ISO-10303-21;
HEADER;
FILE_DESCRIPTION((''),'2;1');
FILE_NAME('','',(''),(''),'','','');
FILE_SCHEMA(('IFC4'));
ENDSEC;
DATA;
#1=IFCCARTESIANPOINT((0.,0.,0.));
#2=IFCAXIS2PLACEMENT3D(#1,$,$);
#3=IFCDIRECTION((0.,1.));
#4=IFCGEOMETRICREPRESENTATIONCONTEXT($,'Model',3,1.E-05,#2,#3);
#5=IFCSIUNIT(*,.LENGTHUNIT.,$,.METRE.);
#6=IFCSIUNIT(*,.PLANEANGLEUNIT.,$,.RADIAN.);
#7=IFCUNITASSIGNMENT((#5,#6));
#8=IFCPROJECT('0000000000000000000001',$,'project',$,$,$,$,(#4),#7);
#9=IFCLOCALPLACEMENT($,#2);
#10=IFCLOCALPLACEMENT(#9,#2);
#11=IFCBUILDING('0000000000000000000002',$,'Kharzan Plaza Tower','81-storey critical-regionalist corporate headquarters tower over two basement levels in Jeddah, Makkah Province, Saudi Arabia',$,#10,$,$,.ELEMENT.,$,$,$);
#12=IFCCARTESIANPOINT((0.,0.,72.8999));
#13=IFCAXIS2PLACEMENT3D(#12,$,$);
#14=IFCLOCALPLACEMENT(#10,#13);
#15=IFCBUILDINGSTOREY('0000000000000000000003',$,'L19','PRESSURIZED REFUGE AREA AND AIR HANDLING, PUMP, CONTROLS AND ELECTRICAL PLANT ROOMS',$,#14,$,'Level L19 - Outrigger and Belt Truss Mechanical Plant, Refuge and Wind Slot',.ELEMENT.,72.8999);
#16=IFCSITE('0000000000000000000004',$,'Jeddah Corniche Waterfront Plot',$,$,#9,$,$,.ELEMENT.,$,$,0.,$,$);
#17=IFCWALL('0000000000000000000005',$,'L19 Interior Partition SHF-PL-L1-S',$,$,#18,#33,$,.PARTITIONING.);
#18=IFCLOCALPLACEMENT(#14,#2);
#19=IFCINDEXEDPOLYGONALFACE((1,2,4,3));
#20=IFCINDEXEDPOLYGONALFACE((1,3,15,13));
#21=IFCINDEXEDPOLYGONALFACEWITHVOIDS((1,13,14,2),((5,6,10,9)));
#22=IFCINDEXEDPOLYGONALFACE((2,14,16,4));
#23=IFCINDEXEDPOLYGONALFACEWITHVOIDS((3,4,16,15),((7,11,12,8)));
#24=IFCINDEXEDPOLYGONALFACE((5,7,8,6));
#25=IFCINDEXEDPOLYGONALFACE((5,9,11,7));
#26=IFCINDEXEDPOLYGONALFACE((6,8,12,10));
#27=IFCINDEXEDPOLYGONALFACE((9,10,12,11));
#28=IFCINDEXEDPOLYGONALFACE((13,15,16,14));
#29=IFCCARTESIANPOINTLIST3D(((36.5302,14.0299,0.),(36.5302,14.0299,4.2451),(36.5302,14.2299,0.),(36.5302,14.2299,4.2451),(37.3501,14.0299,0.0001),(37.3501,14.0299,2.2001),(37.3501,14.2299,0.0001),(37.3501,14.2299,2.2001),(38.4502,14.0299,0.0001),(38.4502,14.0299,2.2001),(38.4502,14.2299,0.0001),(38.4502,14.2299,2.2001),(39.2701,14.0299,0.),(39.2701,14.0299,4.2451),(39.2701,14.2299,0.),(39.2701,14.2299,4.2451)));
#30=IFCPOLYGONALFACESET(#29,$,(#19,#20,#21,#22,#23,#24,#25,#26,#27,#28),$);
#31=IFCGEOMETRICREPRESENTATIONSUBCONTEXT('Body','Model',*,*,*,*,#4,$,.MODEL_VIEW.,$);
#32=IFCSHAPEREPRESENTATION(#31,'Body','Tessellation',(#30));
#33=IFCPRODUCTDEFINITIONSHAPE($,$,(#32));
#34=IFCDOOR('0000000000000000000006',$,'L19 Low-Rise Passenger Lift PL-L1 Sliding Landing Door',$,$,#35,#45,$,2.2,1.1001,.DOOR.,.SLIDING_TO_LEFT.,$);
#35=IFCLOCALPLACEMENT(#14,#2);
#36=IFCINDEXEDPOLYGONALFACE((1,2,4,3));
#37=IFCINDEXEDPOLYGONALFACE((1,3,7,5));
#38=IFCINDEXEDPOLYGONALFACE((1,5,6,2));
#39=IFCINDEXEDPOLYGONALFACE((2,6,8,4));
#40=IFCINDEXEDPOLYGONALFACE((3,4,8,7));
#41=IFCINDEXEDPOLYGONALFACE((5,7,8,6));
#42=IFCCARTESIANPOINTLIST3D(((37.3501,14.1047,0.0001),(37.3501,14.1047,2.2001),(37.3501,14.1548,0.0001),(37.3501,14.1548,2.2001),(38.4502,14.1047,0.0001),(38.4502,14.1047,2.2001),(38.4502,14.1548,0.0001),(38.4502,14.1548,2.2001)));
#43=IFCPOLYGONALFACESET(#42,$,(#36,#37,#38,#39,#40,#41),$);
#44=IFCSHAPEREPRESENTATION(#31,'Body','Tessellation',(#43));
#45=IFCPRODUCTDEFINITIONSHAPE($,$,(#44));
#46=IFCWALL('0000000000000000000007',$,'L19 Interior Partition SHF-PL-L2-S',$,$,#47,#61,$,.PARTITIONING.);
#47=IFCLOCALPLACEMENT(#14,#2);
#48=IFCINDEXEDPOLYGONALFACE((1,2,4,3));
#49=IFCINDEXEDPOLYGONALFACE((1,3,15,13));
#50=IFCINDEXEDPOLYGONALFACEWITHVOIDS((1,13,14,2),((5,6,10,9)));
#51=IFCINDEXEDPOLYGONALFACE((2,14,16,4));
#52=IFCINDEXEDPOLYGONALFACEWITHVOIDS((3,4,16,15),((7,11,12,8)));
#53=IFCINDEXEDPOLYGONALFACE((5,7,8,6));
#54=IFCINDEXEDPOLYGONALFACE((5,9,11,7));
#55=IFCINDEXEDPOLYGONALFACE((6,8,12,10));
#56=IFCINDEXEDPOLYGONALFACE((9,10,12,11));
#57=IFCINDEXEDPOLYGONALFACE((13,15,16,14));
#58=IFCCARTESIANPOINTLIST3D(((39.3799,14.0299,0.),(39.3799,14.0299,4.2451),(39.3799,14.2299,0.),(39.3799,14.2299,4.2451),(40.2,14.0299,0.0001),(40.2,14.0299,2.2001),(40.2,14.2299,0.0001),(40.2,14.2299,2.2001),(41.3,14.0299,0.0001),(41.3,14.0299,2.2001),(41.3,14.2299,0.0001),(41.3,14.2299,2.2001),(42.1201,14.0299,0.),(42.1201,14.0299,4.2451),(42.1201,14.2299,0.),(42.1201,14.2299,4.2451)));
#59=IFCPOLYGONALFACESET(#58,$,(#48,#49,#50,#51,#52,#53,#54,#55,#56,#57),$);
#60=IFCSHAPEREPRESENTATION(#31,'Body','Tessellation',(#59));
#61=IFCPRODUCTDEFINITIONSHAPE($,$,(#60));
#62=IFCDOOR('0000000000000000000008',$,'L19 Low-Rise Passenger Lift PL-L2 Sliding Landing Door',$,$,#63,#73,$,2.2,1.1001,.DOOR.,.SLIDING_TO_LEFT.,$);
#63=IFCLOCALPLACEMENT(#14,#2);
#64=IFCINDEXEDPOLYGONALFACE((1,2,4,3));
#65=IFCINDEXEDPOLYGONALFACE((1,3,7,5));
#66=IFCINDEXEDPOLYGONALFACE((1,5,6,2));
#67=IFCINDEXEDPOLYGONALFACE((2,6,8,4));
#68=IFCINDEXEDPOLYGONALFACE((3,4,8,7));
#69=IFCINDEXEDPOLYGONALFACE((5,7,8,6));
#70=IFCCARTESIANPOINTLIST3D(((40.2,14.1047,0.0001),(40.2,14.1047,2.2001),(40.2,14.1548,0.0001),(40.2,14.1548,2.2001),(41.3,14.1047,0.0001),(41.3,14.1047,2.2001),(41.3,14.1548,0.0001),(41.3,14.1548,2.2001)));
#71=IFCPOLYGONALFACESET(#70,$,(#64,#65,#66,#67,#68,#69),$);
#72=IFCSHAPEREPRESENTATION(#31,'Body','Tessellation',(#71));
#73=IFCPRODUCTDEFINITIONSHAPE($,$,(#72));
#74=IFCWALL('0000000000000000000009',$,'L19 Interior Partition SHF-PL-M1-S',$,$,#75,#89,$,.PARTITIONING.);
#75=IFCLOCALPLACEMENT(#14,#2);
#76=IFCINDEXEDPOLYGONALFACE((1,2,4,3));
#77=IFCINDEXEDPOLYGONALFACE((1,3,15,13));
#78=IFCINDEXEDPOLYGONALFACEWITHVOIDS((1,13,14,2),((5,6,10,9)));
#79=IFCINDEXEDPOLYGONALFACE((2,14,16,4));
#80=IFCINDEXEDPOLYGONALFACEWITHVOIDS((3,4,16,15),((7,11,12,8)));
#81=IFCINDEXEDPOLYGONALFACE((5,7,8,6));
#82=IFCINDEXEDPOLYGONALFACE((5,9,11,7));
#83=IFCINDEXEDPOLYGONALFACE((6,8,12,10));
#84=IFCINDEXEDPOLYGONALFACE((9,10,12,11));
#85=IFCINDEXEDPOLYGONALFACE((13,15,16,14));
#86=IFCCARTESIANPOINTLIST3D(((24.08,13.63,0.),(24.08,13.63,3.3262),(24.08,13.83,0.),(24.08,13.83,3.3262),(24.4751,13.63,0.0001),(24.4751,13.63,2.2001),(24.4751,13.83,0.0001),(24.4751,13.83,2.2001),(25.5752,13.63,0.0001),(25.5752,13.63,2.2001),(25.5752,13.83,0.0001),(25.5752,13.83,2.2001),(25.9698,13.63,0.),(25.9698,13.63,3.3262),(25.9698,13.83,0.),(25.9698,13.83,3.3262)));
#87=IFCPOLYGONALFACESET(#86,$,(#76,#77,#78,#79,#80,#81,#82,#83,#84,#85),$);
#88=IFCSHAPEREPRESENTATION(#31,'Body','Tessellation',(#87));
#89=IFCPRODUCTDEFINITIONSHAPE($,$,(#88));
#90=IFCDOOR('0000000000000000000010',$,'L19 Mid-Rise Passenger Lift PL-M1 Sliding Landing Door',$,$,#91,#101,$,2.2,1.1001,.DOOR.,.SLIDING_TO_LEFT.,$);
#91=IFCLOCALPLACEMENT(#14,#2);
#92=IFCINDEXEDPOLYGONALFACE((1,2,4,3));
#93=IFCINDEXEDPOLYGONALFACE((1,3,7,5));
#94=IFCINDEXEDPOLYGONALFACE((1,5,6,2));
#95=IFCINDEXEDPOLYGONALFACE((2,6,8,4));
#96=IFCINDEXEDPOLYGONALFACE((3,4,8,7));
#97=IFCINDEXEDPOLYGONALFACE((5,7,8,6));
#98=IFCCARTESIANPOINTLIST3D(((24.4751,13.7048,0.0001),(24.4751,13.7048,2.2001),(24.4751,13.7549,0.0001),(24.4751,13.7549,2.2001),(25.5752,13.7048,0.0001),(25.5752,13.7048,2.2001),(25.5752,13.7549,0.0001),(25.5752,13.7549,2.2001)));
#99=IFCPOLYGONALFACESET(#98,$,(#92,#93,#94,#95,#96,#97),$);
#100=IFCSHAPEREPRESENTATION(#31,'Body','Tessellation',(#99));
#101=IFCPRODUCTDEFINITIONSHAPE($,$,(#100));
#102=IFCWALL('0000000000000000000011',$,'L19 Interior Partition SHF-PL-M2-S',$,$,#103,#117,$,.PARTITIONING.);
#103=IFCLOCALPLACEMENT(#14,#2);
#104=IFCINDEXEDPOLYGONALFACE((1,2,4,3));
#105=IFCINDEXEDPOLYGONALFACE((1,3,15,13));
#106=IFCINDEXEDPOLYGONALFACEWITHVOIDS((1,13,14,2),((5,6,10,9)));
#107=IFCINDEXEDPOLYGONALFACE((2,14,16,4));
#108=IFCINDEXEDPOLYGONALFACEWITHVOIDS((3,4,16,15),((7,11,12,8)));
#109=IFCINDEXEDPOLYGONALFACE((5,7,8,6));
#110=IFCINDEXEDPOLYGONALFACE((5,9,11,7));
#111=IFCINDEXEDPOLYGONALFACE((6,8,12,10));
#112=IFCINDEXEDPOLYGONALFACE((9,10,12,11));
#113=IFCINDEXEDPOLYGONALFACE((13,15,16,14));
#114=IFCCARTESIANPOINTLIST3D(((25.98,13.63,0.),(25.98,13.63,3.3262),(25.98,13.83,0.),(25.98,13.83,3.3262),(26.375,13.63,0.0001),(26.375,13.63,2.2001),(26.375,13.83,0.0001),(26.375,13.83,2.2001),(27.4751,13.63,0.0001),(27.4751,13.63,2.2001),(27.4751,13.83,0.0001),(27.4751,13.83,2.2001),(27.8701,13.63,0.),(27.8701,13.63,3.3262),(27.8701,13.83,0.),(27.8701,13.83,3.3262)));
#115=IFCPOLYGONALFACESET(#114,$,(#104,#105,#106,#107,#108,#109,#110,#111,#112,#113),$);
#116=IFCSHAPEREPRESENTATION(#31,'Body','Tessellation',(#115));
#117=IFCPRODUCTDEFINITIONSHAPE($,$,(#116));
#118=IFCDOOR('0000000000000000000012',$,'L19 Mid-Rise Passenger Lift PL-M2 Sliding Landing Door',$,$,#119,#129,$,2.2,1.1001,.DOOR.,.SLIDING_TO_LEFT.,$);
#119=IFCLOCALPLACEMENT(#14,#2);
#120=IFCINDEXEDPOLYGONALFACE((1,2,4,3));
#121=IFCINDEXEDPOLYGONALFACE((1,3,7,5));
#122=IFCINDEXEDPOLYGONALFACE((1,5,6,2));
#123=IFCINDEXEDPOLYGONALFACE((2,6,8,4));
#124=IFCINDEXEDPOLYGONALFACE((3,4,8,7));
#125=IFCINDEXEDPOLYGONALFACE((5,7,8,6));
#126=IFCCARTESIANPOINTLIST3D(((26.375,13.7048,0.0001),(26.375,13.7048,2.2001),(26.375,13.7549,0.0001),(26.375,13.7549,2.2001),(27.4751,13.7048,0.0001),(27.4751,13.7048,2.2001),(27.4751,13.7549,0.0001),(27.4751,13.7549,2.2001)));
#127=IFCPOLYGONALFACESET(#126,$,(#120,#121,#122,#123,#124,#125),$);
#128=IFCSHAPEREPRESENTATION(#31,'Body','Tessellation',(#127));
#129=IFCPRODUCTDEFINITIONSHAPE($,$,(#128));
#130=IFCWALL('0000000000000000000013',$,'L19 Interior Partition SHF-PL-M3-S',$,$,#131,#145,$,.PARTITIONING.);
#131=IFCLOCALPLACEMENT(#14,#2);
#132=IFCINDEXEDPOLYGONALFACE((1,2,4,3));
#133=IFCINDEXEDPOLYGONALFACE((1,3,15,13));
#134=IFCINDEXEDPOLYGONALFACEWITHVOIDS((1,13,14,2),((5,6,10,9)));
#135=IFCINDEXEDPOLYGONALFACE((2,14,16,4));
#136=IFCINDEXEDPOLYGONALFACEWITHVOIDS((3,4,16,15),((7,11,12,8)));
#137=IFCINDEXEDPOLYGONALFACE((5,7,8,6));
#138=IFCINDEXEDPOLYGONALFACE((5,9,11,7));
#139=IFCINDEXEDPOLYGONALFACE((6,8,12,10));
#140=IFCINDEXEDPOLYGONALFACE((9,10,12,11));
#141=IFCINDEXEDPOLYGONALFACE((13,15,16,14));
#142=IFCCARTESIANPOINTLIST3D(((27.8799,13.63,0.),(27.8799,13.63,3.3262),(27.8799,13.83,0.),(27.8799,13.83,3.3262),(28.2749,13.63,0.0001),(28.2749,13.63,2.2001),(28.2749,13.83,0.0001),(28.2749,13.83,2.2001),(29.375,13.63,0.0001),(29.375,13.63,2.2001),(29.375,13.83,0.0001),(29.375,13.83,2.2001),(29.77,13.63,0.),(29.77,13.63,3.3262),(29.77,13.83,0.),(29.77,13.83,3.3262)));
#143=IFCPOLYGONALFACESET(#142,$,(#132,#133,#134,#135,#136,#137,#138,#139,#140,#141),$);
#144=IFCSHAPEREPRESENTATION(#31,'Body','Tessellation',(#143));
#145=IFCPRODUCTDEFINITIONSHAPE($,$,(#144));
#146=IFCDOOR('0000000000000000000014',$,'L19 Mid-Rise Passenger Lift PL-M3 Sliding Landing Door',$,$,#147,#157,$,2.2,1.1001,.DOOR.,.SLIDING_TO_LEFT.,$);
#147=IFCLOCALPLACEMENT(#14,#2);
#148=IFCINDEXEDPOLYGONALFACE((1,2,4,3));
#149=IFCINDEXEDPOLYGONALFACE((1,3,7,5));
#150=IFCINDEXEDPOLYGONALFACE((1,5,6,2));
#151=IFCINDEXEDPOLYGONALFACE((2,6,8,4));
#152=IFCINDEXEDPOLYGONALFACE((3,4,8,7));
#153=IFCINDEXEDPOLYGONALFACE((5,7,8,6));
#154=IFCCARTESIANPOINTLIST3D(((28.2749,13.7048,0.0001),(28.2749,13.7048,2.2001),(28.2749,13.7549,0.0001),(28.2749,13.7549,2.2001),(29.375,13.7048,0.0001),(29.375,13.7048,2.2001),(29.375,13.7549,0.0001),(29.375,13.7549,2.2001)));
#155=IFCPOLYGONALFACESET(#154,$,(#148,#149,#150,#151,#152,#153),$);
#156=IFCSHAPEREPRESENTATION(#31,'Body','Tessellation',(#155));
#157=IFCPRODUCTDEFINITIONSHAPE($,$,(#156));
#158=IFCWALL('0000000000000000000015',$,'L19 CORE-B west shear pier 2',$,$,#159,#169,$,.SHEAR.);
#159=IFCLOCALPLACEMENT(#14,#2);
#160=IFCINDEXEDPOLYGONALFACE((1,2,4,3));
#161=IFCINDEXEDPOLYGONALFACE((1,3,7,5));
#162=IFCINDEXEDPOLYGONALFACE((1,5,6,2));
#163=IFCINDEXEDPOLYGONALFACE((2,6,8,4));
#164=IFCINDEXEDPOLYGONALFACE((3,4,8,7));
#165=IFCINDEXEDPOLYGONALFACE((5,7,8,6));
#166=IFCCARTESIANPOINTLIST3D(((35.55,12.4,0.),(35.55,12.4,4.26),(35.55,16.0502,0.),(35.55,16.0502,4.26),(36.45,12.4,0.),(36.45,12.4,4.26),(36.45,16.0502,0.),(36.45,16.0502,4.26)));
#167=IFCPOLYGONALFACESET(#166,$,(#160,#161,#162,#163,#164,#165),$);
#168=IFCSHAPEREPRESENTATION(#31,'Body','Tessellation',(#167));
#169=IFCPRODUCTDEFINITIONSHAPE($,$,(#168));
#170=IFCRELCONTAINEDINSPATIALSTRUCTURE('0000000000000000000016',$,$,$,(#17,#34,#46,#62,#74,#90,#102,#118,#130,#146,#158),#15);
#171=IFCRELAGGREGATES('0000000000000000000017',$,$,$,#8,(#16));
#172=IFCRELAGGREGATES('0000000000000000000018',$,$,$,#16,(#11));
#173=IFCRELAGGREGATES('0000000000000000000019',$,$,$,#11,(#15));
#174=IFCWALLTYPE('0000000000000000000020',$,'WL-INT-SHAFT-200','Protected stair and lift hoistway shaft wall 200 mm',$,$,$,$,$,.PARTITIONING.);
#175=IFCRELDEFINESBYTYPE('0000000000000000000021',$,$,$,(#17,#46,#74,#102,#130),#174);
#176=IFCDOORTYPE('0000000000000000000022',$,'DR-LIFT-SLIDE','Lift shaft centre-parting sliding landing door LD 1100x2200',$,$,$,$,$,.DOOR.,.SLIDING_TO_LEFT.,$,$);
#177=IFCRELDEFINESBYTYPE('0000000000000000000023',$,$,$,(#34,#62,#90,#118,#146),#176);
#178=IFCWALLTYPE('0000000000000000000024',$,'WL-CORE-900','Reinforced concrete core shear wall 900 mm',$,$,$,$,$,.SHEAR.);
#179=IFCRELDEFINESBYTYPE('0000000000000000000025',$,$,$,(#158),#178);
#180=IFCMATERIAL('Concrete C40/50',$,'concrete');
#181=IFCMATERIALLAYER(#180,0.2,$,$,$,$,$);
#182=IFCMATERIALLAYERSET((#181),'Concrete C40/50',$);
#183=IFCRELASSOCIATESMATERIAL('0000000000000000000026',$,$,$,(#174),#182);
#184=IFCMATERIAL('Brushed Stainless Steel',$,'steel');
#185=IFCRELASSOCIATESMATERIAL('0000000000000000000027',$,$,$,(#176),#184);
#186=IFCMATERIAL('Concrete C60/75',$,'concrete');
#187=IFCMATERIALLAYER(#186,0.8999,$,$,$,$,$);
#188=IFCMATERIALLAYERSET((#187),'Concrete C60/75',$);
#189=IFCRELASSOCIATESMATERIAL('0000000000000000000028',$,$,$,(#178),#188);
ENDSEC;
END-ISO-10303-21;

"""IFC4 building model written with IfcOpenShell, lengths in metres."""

from ifc_helpers import new_model, si_unit, direction, frame, frame_2d, origin, place, context, subcontext, project, spatial, rectangle, extrude, source, transform, mapped, material, layer, layer_set, type_object, element, fill, save


model = new_model("IFC4")

# Units and contexts
model_context = context("Model", 3, precision=1e-05, world=origin(), true_north=direction((0.0, 1.0)))
body_context = subcontext(model_context, "Body", "Model", "MODEL_VIEW")
ifc_project = project(units=[si_unit("LENGTHUNIT", "METRE"), si_unit("PLANEANGLEUNIT", "RADIAN")], contexts=[model_context])

# Site, building, storey
site_placement = place(None, origin())
site = spatial("IfcSite", under=ifc_project, at=site_placement, Name="Jeddah Corniche Waterfront Plot", CompositionType="ELEMENT", RefElevation=0.0)
building_placement = place(site_placement, origin())
building = spatial("IfcBuilding", under=site, at=building_placement, Name="Kharzan Plaza Tower", Description="81-storey critical-regionalist corporate headquarters tower over two basement levels in Jeddah, Makkah Province, Saudi Arabia", CompositionType="ELEMENT")
storey_placement = place(building_placement, frame((0.0, 0.0, 72.8999)))
storey = spatial("IfcBuildingStorey", under=building, at=storey_placement, Name="L19", Description="PRESSURIZED REFUGE AREA AND AIR HANDLING, PUMP, CONTROLS AND ELECTRICAL PLANT ROOMS", LongName="Level L19 - Outrigger and Belt Truss Mechanical Plant, Refuge and Wind Slot", CompositionType="ELEMENT", Elevation=72.8999)

# Shared definitions
ifc_material_1 = material(Name="Concrete C60/75", Category="concrete")

# Walls, openings, doors
ifc_material_2 = material(Name="Concrete C40/50", Category="concrete")
ifc_layer_1 = layer(ifc_material_2, 0.2)
ifc_layer_set_1 = layer_set([ifc_layer_1], Name="Concrete C40/50")
wall_type_1 = type_object("IfcWallType", Name="WL-INT-SHAFT-200", Description="Protected stair and lift hoistway shaft wall 200 mm", PredefinedType="PARTITIONING", material=ifc_layer_set_1)
wall_1_placement = place(storey_placement, frame((36.53, 14.1299, 0.0), z_axis=(0.0, 0.0, 1.0), x_axis=(1.0, 0.0, 0.0)))
wall_1 = element("IfcWall", 1, at=wall_1_placement, inside=storey, type_object=wall_type_1, Name="L19 Interior Partition SHF-PL-L1-S", PredefinedType="PARTITIONING", context=body_context, shape_type="SweptSolid", body=[
    extrude(rectangle(XDim=2.74, YDim=0.2, at=frame_2d((1.3701, 0.0))), origin(), (0.0, 0.0, 1.0), 4.2451),
])
opening_1_placement = place(wall_1_placement, frame((0.8201, 0.0, 0.0)))
opening_1 = element("IfcOpeningElement", 2, at=opening_1_placement, cuts=wall_1, PredefinedType="OPENING", context=body_context, shape_type="SweptSolid", body=[
    extrude(rectangle(XDim=1.1001, YDim=2.2, at=frame_2d((0.55, 1.1001))), frame((0.0, 0.1099, 0.0), z_axis=(0.0, -1.0, 0.0), x_axis=(1.0, 0.0, 0.0)), (0.0, 0.0, 1.0), 0.22),
])
ifc_material_3 = material(Name="Brushed Stainless Steel", Category="steel")
door_type = type_object("IfcDoorType", Name="DR-LIFT-SLIDE", Description="Lift shaft centre-parting sliding landing door LD 1100x2200", OperationType="SLIDING_TO_LEFT", PredefinedType="DOOR", material=ifc_material_3)
shared_shape_1 = source(origin(), body_context, "Body", "SweptSolid", [
    extrude(rectangle(XDim=1.1001, YDim=2.2, at=frame_2d((0.55, 1.1001))), frame((0.0, 0.0249, 0.0), z_axis=(0.0, -1.0, 0.0), x_axis=(1.0, 0.0, 0.0)), (0.0, 0.0, 1.0), 0.05),
])
door_1_placement = place(opening_1_placement, origin())
door_1 = element("IfcDoor", 3, at=door_1_placement, inside=storey, type_object=door_type, Name="L19 Low-Rise Passenger Lift PL-L1 Sliding Landing Door", OperationType="SLIDING_TO_LEFT", OverallHeight=2.2, OverallWidth=1.1001, PredefinedType="DOOR", context=body_context, shape_type="MappedRepresentation", body=[
    mapped(shared_shape_1, transform((0.0, 0.0, 0.0), x_axis=(1.0, 0.0, 0.0), y_axis=(0.0, 1.0, 0.0), z_axis=(0.0, 0.0, 1.0))),
])
fill(opening_1, door_1)
wall_2_placement = place(storey_placement, frame((39.3799, 14.1299, 0.0), z_axis=(0.0, 0.0, 1.0), x_axis=(1.0, 0.0, 0.0)))
wall_2 = element("IfcWall", 4, at=wall_2_placement, inside=storey, type_object=wall_type_1, Name="L19 Interior Partition SHF-PL-L2-S", PredefinedType="PARTITIONING", context=body_context, shape_type="SweptSolid", body=[
    extrude(rectangle(XDim=2.7402, YDim=0.2, at=frame_2d((1.3701, 0.0))), origin(), (0.0, 0.0, 1.0), 4.2451),
])
opening_2_placement = place(wall_2_placement, frame((0.8201, 0.0, 0.0)))
opening_2 = element("IfcOpeningElement", 5, at=opening_2_placement, cuts=wall_2, PredefinedType="OPENING", context=body_context, shape_type="SweptSolid", body=[
    extrude(rectangle(XDim=1.1001, YDim=2.2, at=frame_2d((0.55, 1.1001))), frame((0.0, 0.1099, 0.0), z_axis=(0.0, -1.0, 0.0), x_axis=(1.0, 0.0, 0.0)), (0.0, 0.0, 1.0), 0.22),
])
door_2_placement = place(opening_2_placement, origin())
door_2 = element("IfcDoor", 6, at=door_2_placement, inside=storey, type_object=door_type, Name="L19 Low-Rise Passenger Lift PL-L2 Sliding Landing Door", OperationType="SLIDING_TO_LEFT", OverallHeight=2.2, OverallWidth=1.1001, PredefinedType="DOOR", context=body_context, shape_type="MappedRepresentation", body=[
    mapped(shared_shape_1, transform((0.0, 0.0, 0.0), x_axis=(1.0, 0.0, 0.0), y_axis=(0.0, 1.0, 0.0), z_axis=(0.0, 0.0, 1.0))),
])
fill(opening_2, door_2)
wall_3_placement = place(storey_placement, frame((24.0801, 13.73, 0.0), z_axis=(0.0, 0.0, 1.0), x_axis=(1.0, 0.0, 0.0)))
wall_3 = element("IfcWall", 7, at=wall_3_placement, inside=storey, type_object=wall_type_1, Name="L19 Interior Partition SHF-PL-M1-S", PredefinedType="PARTITIONING", context=body_context, shape_type="SweptSolid", body=[
    extrude(rectangle(XDim=1.8899, YDim=0.2, at=frame_2d((0.9448, 0.0))), origin(), (0.0, 0.0, 1.0), 3.3262),
])
opening_3_placement = place(wall_3_placement, frame((0.395, 0.0, 0.0)))
opening_3 = element("IfcOpeningElement", 8, at=opening_3_placement, cuts=wall_3, PredefinedType="OPENING", context=body_context, shape_type="SweptSolid", body=[
    extrude(rectangle(XDim=1.1001, YDim=2.2, at=frame_2d((0.55, 1.1001))), frame((0.0, 0.1099, 0.0), z_axis=(0.0, -1.0, 0.0), x_axis=(1.0, 0.0, 0.0)), (0.0, 0.0, 1.0), 0.22),
])
door_3_placement = place(opening_3_placement, origin())
door_3 = element("IfcDoor", 9, at=door_3_placement, inside=storey, type_object=door_type, Name="L19 Mid-Rise Passenger Lift PL-M1 Sliding Landing Door", OperationType="SLIDING_TO_LEFT", OverallHeight=2.2, OverallWidth=1.1001, PredefinedType="DOOR", context=body_context, shape_type="MappedRepresentation", body=[
    mapped(shared_shape_1, transform((0.0, 0.0, 0.0), x_axis=(1.0, 0.0, 0.0), y_axis=(0.0, 1.0, 0.0), z_axis=(0.0, 0.0, 1.0))),
])
fill(opening_3, door_3)
wall_4_placement = place(storey_placement, frame((25.98, 13.73, 0.0), z_axis=(0.0, 0.0, 1.0), x_axis=(1.0, 0.0, 0.0)))
wall_4 = element("IfcWall", 10, at=wall_4_placement, inside=storey, type_object=wall_type_1, Name="L19 Interior Partition SHF-PL-M2-S", PredefinedType="PARTITIONING", context=body_context, shape_type="SweptSolid", body=[
    extrude(rectangle(XDim=1.8901, YDim=0.2, at=frame_2d((0.9451, 0.0))), origin(), (0.0, 0.0, 1.0), 3.3262),
])
opening_4_placement = place(wall_4_placement, frame((0.395, 0.0, 0.0)))
opening_4 = element("IfcOpeningElement", 11, at=opening_4_placement, cuts=wall_4, PredefinedType="OPENING", context=body_context, shape_type="SweptSolid", body=[
    extrude(rectangle(XDim=1.1001, YDim=2.2, at=frame_2d((0.55, 1.1001))), frame((0.0, 0.1099, 0.0), z_axis=(0.0, -1.0, 0.0), x_axis=(1.0, 0.0, 0.0)), (0.0, 0.0, 1.0), 0.22),
])
door_4_placement = place(opening_4_placement, origin())
door_4 = element("IfcDoor", 12, at=door_4_placement, inside=storey, type_object=door_type, Name="L19 Mid-Rise Passenger Lift PL-M2 Sliding Landing Door", OperationType="SLIDING_TO_LEFT", OverallHeight=2.2, OverallWidth=1.1001, PredefinedType="DOOR", context=body_context, shape_type="MappedRepresentation", body=[
    mapped(shared_shape_1, transform((0.0, 0.0, 0.0), x_axis=(1.0, 0.0, 0.0), y_axis=(0.0, 1.0, 0.0), z_axis=(0.0, 0.0, 1.0))),
])
fill(opening_4, door_4)
wall_5_placement = place(storey_placement, frame((27.8799, 13.73, 0.0), z_axis=(0.0, 0.0, 1.0), x_axis=(1.0, 0.0, 0.0)))
wall_5 = element("IfcWall", 13, at=wall_5_placement, inside=storey, type_object=wall_type_1, Name="L19 Interior Partition SHF-PL-M3-S", PredefinedType="PARTITIONING", context=body_context, shape_type="SweptSolid", body=[
    extrude(rectangle(XDim=1.8901, YDim=0.2, at=frame_2d((0.9451, 0.0))), origin(), (0.0, 0.0, 1.0), 3.3262),
])
opening_5_placement = place(wall_5_placement, frame((0.395, 0.0, 0.0)))
opening_5 = element("IfcOpeningElement", 14, at=opening_5_placement, cuts=wall_5, PredefinedType="OPENING", context=body_context, shape_type="SweptSolid", body=[
    extrude(rectangle(XDim=1.1001, YDim=2.2, at=frame_2d((0.55, 1.1001))), frame((0.0, 0.1099, 0.0), z_axis=(0.0, -1.0, 0.0), x_axis=(1.0, 0.0, 0.0)), (0.0, 0.0, 1.0), 0.22),
])
door_5_placement = place(opening_5_placement, origin())
door_5 = element("IfcDoor", 15, at=door_5_placement, inside=storey, type_object=door_type, Name="L19 Mid-Rise Passenger Lift PL-M3 Sliding Landing Door", OperationType="SLIDING_TO_LEFT", OverallHeight=2.2, OverallWidth=1.1001, PredefinedType="DOOR", context=body_context, shape_type="MappedRepresentation", body=[
    mapped(shared_shape_1, transform((0.0, 0.0, 0.0), x_axis=(1.0, 0.0, 0.0), y_axis=(0.0, 1.0, 0.0), z_axis=(0.0, 0.0, 1.0))),
])
fill(opening_5, door_5)

# Wall
ifc_layer_2 = layer(ifc_material_1, 0.8999)
ifc_layer_set_2 = layer_set([ifc_layer_2], Name="Concrete C60/75")
wall_type_2 = type_object("IfcWallType", Name="WL-CORE-900", Description="Reinforced concrete core shear wall 900 mm", PredefinedType="SHEAR", material=ifc_layer_set_2)
shared_shape_2 = source(origin(), body_context, "Body", "SweptSolid", [
    extrude(rectangle(XDim=3.6501, YDim=0.8999, at=frame_2d((1.8252, 0.0))), origin(), (0.0, 0.0, 1.0), 4.26),
])
wall_6_placement = place(storey_placement, frame((36.0, 12.3999, 0.0), z_axis=(0.0, 0.0, 1.0), x_axis=(0.0, 1.0, 0.0)))
element("IfcWall", 16, at=wall_6_placement, inside=storey, type_object=wall_type_2, Name="L19 CORE-B west shear pier 2", PredefinedType="SHEAR", context=body_context, shape_type="MappedRepresentation", body=[
    mapped(shared_shape_2, transform((0.0, 0.0, 0.0), x_axis=(1.0, 0.0, 0.0), y_axis=(0.0, 1.0, 0.0), z_axis=(0.0, 0.0, 1.0))),
])

save(model, "model.ifc")
